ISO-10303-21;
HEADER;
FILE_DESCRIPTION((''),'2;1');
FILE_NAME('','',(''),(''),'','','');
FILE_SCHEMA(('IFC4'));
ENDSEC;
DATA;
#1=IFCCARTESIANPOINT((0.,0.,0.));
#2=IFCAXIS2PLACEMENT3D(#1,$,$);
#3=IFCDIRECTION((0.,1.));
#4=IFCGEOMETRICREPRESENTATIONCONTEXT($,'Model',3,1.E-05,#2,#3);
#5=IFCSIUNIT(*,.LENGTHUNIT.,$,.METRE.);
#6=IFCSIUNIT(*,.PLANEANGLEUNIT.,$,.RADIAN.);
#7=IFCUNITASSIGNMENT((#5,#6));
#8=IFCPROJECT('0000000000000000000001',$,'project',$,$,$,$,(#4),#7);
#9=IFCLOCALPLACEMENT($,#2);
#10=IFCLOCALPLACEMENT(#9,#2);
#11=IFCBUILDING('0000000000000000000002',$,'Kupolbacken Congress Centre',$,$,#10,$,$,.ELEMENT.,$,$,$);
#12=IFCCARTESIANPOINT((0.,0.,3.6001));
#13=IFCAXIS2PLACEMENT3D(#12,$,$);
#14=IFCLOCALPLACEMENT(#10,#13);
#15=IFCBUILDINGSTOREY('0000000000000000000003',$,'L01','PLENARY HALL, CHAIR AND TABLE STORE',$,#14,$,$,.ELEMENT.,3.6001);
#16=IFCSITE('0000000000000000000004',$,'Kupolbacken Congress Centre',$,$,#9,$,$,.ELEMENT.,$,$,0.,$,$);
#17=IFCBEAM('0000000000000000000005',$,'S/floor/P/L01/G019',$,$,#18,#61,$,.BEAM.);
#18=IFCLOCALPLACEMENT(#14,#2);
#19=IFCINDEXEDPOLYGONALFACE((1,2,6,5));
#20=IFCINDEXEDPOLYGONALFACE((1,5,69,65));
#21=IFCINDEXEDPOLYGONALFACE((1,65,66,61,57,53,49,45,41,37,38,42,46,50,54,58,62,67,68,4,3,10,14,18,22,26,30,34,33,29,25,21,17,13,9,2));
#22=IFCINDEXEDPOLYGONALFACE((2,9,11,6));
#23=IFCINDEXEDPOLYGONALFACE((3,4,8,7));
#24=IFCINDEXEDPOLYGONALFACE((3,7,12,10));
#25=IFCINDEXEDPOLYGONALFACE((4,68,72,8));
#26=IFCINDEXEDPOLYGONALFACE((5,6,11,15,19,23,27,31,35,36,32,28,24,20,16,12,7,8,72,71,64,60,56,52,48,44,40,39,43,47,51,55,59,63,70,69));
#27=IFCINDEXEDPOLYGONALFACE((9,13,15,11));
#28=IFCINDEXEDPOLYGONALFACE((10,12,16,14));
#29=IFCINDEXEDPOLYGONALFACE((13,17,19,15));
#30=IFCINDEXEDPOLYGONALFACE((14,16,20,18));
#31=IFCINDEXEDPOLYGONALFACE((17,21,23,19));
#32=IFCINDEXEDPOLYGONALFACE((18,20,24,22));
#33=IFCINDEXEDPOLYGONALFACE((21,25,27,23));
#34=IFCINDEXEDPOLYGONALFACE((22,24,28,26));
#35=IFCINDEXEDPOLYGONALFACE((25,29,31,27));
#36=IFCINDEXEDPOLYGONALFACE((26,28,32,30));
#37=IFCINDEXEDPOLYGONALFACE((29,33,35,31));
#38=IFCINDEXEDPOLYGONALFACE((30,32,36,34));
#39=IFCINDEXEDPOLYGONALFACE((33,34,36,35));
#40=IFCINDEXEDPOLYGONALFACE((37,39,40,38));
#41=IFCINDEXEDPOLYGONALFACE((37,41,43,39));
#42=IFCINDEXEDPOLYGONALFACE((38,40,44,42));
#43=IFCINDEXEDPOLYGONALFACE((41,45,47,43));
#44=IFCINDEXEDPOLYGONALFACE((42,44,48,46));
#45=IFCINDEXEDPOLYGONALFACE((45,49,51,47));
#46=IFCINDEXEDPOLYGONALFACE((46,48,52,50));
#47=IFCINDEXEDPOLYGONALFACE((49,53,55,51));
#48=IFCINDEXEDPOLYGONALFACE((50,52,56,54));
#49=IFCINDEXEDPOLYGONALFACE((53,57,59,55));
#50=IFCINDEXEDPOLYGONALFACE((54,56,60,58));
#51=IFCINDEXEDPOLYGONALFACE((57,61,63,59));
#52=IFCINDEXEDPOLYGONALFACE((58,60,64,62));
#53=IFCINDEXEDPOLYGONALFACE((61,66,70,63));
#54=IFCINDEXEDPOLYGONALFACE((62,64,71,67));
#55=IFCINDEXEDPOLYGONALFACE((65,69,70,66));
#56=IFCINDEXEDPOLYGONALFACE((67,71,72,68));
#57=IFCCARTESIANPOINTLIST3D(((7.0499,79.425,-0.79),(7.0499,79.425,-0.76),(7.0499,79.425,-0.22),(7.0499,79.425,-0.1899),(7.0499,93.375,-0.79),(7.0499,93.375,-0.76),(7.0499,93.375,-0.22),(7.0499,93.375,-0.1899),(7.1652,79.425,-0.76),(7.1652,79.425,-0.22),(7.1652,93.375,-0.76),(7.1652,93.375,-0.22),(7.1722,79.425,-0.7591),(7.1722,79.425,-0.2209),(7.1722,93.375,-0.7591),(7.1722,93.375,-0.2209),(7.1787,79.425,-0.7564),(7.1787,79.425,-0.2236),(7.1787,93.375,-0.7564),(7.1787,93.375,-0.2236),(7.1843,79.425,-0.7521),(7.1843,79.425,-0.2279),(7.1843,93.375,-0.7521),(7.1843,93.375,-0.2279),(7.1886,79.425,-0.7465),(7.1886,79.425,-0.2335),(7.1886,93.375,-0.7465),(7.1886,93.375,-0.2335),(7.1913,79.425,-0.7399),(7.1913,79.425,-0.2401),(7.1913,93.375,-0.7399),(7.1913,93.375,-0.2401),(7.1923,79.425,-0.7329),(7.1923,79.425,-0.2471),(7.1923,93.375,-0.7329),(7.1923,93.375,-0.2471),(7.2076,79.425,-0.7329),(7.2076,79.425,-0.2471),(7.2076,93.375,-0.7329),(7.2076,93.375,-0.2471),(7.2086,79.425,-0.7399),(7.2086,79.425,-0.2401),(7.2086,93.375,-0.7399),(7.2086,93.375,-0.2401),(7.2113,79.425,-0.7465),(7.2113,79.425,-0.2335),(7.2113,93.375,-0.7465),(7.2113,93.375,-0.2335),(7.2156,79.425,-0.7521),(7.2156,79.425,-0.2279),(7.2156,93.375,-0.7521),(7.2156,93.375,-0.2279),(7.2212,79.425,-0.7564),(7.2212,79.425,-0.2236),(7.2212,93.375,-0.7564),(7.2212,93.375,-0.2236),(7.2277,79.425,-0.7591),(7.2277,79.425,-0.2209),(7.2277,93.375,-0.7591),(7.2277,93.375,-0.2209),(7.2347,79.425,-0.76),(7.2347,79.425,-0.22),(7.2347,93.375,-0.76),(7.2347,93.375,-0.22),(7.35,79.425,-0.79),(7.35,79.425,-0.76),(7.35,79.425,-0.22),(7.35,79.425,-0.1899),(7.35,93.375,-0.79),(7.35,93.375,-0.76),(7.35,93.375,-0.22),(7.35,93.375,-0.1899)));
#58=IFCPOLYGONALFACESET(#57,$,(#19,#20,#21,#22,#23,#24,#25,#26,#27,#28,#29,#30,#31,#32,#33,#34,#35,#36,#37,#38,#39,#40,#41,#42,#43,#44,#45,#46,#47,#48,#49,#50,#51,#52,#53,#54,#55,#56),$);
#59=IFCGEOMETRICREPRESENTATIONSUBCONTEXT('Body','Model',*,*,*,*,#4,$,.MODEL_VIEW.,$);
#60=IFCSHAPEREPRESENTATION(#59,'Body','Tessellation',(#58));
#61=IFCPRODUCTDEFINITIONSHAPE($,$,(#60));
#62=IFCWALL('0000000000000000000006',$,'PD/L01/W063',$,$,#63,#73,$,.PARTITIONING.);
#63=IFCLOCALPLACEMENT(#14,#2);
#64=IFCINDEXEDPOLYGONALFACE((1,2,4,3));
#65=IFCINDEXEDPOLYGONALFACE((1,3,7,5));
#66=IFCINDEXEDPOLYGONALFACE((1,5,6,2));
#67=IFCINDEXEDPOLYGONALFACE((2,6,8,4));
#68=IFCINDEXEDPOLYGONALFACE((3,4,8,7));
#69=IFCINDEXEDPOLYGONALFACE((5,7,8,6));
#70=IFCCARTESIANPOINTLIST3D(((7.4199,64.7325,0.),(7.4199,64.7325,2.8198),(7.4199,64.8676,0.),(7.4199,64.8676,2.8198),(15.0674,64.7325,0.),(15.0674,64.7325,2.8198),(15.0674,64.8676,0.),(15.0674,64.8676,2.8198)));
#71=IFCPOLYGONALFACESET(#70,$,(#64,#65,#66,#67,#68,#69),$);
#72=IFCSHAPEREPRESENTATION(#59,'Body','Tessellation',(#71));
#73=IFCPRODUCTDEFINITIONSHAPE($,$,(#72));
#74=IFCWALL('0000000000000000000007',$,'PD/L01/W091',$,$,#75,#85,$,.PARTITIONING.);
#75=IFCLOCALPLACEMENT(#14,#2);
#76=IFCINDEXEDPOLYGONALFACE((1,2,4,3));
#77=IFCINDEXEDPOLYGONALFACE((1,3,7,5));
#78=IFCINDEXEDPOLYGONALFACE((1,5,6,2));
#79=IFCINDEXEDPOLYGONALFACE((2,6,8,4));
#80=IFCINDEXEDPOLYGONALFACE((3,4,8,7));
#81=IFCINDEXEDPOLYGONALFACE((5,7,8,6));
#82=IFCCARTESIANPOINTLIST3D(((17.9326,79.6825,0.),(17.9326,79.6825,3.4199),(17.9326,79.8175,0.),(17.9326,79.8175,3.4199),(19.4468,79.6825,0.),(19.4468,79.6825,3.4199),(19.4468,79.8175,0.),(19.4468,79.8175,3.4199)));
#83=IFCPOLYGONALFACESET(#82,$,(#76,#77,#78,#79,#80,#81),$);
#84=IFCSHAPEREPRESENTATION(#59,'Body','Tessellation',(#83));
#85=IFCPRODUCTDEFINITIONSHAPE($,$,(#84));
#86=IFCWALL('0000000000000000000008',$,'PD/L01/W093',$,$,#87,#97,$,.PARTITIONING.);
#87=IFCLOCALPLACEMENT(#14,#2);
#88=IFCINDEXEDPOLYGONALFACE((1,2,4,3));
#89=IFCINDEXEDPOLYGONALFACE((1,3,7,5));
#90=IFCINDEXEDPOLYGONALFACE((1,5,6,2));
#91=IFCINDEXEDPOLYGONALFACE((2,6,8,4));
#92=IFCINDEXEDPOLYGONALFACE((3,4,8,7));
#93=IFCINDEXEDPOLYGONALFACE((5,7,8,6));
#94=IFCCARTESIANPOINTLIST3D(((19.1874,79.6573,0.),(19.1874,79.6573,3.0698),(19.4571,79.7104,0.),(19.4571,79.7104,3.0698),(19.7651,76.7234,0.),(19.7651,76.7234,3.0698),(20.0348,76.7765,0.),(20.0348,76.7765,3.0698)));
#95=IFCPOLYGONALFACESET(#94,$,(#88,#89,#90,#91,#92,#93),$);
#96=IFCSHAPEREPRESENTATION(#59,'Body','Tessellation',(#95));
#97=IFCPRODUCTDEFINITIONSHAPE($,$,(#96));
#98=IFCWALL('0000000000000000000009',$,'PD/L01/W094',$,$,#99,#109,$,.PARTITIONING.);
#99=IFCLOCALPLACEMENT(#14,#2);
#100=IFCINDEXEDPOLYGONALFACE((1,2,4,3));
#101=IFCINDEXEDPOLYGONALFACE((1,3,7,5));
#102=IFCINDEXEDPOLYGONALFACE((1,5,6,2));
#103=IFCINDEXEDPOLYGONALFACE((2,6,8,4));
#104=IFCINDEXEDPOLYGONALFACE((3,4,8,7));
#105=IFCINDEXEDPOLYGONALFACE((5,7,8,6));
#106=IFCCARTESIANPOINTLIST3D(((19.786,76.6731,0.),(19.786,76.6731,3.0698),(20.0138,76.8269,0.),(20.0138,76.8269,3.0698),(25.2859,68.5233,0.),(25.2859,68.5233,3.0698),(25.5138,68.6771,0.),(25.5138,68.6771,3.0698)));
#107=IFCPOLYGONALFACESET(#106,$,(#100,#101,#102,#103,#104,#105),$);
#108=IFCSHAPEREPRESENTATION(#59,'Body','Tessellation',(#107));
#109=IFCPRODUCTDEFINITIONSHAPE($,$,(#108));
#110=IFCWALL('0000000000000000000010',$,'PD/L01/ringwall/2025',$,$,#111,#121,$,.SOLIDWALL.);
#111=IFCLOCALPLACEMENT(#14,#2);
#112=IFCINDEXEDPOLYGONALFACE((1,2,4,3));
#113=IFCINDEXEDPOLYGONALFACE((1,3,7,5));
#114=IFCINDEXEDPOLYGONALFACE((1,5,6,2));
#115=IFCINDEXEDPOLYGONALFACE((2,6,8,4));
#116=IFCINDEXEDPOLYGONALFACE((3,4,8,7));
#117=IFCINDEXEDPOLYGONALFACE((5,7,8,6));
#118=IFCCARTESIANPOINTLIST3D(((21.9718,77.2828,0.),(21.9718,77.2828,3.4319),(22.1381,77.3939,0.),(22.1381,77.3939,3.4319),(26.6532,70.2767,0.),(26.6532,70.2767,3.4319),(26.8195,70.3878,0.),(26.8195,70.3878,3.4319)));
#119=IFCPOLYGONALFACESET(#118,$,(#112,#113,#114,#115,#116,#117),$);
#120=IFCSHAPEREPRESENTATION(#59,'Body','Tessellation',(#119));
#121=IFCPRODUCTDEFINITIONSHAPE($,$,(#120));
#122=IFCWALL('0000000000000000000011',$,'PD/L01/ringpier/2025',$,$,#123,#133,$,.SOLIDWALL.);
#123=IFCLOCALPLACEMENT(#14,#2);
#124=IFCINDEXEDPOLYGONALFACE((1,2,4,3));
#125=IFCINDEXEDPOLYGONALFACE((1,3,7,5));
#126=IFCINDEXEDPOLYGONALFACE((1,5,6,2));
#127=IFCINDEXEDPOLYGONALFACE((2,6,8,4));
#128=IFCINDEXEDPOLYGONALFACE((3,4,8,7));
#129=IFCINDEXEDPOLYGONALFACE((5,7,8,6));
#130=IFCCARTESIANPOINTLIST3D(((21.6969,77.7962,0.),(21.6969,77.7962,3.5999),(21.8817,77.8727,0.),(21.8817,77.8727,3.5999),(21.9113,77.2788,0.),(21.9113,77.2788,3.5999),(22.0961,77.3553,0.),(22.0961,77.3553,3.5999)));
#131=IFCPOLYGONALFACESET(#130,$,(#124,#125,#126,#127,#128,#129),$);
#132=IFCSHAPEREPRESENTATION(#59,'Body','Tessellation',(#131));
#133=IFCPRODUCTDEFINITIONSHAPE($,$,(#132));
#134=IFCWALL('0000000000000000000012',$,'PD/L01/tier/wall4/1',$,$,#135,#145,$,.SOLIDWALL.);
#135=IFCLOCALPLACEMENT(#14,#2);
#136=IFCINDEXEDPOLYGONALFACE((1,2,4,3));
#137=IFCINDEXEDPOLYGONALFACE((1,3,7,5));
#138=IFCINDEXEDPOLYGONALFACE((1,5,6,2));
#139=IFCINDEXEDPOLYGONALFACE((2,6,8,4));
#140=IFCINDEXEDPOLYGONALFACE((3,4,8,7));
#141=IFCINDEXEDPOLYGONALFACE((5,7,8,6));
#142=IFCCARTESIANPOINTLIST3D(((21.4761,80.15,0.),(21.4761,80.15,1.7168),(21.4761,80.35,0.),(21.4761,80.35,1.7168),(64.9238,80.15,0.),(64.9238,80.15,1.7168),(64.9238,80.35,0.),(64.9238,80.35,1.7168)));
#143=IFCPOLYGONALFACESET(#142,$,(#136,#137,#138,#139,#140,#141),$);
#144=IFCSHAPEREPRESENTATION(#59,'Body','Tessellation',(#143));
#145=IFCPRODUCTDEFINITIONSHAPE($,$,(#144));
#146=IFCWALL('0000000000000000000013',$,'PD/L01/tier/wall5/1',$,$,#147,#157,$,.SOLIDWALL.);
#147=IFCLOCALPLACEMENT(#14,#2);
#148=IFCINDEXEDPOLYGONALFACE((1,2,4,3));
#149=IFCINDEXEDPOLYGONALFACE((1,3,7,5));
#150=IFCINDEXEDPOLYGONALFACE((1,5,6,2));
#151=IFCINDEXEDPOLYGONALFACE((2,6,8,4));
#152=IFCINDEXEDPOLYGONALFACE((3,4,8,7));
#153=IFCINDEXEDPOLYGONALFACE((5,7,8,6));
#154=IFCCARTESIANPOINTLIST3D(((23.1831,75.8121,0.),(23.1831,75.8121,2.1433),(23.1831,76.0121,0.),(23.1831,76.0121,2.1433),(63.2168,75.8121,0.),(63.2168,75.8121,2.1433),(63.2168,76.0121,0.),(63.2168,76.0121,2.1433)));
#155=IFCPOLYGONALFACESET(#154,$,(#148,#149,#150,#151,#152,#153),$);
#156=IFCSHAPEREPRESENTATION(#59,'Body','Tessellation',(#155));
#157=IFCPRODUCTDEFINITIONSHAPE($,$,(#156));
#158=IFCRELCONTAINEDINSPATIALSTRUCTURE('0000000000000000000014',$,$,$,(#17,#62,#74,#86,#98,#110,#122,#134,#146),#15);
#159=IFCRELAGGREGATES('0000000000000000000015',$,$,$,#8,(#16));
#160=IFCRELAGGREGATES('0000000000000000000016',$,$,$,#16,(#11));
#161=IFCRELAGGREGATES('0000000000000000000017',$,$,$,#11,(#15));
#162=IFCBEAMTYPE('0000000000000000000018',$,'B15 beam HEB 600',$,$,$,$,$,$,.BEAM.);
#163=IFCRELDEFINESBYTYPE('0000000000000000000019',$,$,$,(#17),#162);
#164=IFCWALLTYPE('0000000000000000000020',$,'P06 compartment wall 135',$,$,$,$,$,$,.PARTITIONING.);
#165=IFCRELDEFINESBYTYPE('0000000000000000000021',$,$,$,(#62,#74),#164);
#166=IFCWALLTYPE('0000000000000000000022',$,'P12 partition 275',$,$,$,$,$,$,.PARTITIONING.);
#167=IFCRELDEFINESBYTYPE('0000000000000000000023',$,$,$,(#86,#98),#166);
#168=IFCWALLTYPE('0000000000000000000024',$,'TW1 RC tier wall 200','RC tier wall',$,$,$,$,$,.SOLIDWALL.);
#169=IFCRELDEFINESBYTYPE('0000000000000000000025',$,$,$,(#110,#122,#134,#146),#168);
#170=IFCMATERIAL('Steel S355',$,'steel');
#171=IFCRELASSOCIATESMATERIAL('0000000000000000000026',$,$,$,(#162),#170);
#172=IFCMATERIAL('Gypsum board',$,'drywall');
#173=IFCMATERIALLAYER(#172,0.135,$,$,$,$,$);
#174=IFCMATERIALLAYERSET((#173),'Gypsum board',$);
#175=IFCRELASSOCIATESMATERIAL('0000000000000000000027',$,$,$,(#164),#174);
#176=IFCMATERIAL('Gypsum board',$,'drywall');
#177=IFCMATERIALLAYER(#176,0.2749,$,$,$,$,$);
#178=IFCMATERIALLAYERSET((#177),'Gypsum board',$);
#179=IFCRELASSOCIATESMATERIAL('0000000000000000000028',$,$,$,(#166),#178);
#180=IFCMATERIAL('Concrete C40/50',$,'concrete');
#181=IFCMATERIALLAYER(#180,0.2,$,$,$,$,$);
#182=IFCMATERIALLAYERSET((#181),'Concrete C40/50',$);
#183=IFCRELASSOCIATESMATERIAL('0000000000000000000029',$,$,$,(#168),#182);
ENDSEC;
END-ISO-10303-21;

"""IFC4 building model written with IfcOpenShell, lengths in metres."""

from ifc_helpers import new_model, si_unit, direction, frame, frame_2d, origin, origin_2d, place, context, subcontext, project, spatial, rectangle, i_section, extrude, material, layer, layer_set, material_profile, profile_set, type_object, element, save


model = new_model("IFC4")

# Units and contexts
model_context = context("Model", 3, precision=1e-05, world=origin(), true_north=direction((0.0, 1.0)))
body_context = subcontext(model_context, "Body", "Model", "MODEL_VIEW")
ifc_project = project(units=[si_unit("LENGTHUNIT", "METRE"), si_unit("PLANEANGLEUNIT", "RADIAN")], contexts=[model_context])

# Site, building, storey
site_placement = place(None, origin())
site = spatial("IfcSite", under=ifc_project, at=site_placement, Name="Kupolbacken Congress Centre", CompositionType="ELEMENT", RefElevation=0.0)
building_placement = place(site_placement, origin())
building = spatial("IfcBuilding", under=site, at=building_placement, Name="Kupolbacken Congress Centre", CompositionType="ELEMENT")
storey_placement = place(building_placement, frame((0.0, 0.0, 3.6001)))
storey = spatial("IfcBuildingStorey", under=building, at=storey_placement, Name="L01", Description="PLENARY HALL, CHAIR AND TABLE STORE", CompositionType="ELEMENT", Elevation=3.6001)

# Beam
ifc_material_1 = material(Name="Steel S355", Category="steel")
ifc_material_profile_1 = material_profile(ifc_material_1, i_section(OverallWidth=0.3, OverallDepth=0.6001, WebThickness=0.0154, FlangeThickness=0.03, FilletRadius=0.0271, at=origin_2d()), Name="HEB 600")
ifc_profile_set_1 = profile_set([ifc_material_profile_1], Name="Steel S355")
beam_type_1 = type_object("IfcBeamType", Name="B15 beam HEB 600", PredefinedType="BEAM", material=ifc_profile_set_1)
beam_1_placement = place(storey_placement, frame((7.2, 79.425, -0.49), z_axis=(0.0, 1.0, 0.0), x_axis=(-1.0, 0.0, 0.0)))
element("IfcBeam", 1, at=beam_1_placement, inside=storey, type_object=beam_type_1, Name="S/floor/P/L01/G019", PredefinedType="BEAM", context=body_context, shape_type="SweptSolid", body=[
    extrude(i_section(OverallWidth=0.3, OverallDepth=0.6001, WebThickness=0.0154, FlangeThickness=0.03, FilletRadius=0.0271, at=origin_2d()), origin(), (0.0, 0.0, 1.0), 13.95),
])

# Walls
ifc_material_2 = material(Name="Gypsum board", Category="drywall")
ifc_layer_1 = layer(ifc_material_2, 0.135)
ifc_layer_set_1 = layer_set([ifc_layer_1], Name="Gypsum board")
wall_type_1 = type_object("IfcWallType", Name="P06 compartment wall 135", PredefinedType="PARTITIONING", material=ifc_layer_set_1)
wall_1_placement = place(storey_placement, frame((15.0674, 64.8, 0.0), z_axis=(0.0, 0.0, 1.0), x_axis=(-1.0, 0.0, 0.0)))
element("IfcWall", 2, at=wall_1_placement, inside=storey, type_object=wall_type_1, Name="PD/L01/W063", PredefinedType="PARTITIONING", context=body_context, shape_type="SweptSolid", body=[
    extrude(rectangle(XDim=7.6475, YDim=0.135, at=frame_2d((3.8237, 0.0))), origin(), (0.0, 0.0, 1.0), 2.8198),
])
wall_2_placement = place(storey_placement, frame((17.9326, 79.75, 0.0), z_axis=(0.0, 0.0, 1.0), x_axis=(1.0, 0.0, 0.0)))
element("IfcWall", 3, at=wall_2_placement, inside=storey, type_object=wall_type_1, Name="PD/L01/W091", PredefinedType="PARTITIONING", context=body_context, shape_type="SweptSolid", body=[
    extrude(rectangle(XDim=1.5142, YDim=0.135, at=frame_2d((0.7571, 0.0))), origin(), (0.0, 0.0, 1.0), 3.4199),
])
ifc_material_3 = material(Name="Gypsum board", Category="drywall")
ifc_layer_2 = layer(ifc_material_3, 0.2749)
ifc_layer_set_2 = layer_set([ifc_layer_2], Name="Gypsum board")
wall_type_2 = type_object("IfcWallType", Name="P12 partition 275", PredefinedType="PARTITIONING", material=ifc_layer_set_2)
wall_3_placement = place(storey_placement, frame((19.3223, 79.6838, 0.0), z_axis=(0.0, 0.0, 1.0), x_axis=(0.193179, -0.981164, 0.0)))
element("IfcWall", 4, at=wall_3_placement, inside=storey, type_object=wall_type_2, Name="PD/L01/W093", PredefinedType="PARTITIONING", context=body_context, shape_type="SweptSolid", body=[
    extrude(rectangle(XDim=2.9902, YDim=0.2749, at=frame_2d((1.4951, 0.0))), origin(), (0.0, 0.0, 1.0), 3.0698),
])
wall_4_placement = place(storey_placement, frame((19.8999, 76.75, 0.0), z_axis=(0.0, 0.0, 1.0), x_axis=(0.55939, -0.828905, 0.0)))
element("IfcWall", 5, at=wall_4_placement, inside=storey, type_object=wall_type_2, Name="PD/L01/W094", PredefinedType="PARTITIONING", context=body_context, shape_type="SweptSolid", body=[
    extrude(rectangle(XDim=9.832, YDim=0.2749, at=frame_2d((4.916, 0.0))), origin(), (0.0, 0.0, 1.0), 3.0698),
])
ifc_material_4 = material(Name="Concrete C40/50", Category="concrete")
ifc_layer_3 = layer(ifc_material_4, 0.2)
ifc_layer_set_3 = layer_set([ifc_layer_3], Name="Concrete C40/50")
wall_type_3 = type_object("IfcWallType", Name="TW1 RC tier wall 200", Description="RC tier wall", PredefinedType="SOLIDWALL", material=ifc_layer_set_3)
wall_5_placement = place(storey_placement, frame((22.0549, 77.3384, 0.0), z_axis=(0.0, 0.0, 1.0), x_axis=(0.555576, -0.831466, 0.0)))
element("IfcWall", 6, at=wall_5_placement, inside=storey, type_object=wall_type_3, Name="PD/L01/ringwall/2025", PredefinedType="SOLIDWALL", context=body_context, shape_type="SweptSolid", body=[
    extrude(rectangle(XDim=8.4263, YDim=0.2, at=frame_2d((4.2131, 0.0))), origin(), (0.0, 0.0, 1.0), 3.4319),
])
wall_6_placement = place(storey_placement, frame((21.7893, 77.8345, 0.0), z_axis=(0.0, 0.0, 1.0), x_axis=(0.382788, -0.923836, 0.0)))
element("IfcWall", 7, at=wall_6_placement, inside=storey, type_object=wall_type_3, Name="PD/L01/ringpier/2025", PredefinedType="SOLIDWALL", context=body_context, shape_type="SweptSolid", body=[
    extrude(rectangle(XDim=0.5601, YDim=0.2, at=frame_2d((0.28, 0.0))), origin(), (0.0, 0.0, 1.0), 3.5999),
])
wall_7_placement = place(storey_placement, frame((21.4761, 80.25, 0.0), z_axis=(0.0, 0.0, 1.0), x_axis=(1.0, 0.0, 0.0)))
element("IfcWall", 8, at=wall_7_placement, inside=storey, type_object=wall_type_3, Name="PD/L01/tier/wall4/1", PredefinedType="SOLIDWALL", context=body_context, shape_type="SweptSolid", body=[
    extrude(rectangle(XDim=43.4478, YDim=0.2, at=frame_2d((21.7239, 0.0))), origin(), (0.0, 0.0, 1.0), 1.7168),
])
wall_8_placement = place(storey_placement, frame((23.1831, 75.9121, 0.0), z_axis=(0.0, 0.0, 1.0), x_axis=(1.0, 0.0, 0.0)))
element("IfcWall", 9, at=wall_8_placement, inside=storey, type_object=wall_type_3, Name="PD/L01/tier/wall5/1", PredefinedType="SOLIDWALL", context=body_context, shape_type="SweptSolid", body=[
    extrude(rectangle(XDim=40.0337, YDim=0.2, at=frame_2d((20.0168, 0.0))), origin(), (0.0, 0.0, 1.0), 2.1433),
])

save(model, "model.ifc")
